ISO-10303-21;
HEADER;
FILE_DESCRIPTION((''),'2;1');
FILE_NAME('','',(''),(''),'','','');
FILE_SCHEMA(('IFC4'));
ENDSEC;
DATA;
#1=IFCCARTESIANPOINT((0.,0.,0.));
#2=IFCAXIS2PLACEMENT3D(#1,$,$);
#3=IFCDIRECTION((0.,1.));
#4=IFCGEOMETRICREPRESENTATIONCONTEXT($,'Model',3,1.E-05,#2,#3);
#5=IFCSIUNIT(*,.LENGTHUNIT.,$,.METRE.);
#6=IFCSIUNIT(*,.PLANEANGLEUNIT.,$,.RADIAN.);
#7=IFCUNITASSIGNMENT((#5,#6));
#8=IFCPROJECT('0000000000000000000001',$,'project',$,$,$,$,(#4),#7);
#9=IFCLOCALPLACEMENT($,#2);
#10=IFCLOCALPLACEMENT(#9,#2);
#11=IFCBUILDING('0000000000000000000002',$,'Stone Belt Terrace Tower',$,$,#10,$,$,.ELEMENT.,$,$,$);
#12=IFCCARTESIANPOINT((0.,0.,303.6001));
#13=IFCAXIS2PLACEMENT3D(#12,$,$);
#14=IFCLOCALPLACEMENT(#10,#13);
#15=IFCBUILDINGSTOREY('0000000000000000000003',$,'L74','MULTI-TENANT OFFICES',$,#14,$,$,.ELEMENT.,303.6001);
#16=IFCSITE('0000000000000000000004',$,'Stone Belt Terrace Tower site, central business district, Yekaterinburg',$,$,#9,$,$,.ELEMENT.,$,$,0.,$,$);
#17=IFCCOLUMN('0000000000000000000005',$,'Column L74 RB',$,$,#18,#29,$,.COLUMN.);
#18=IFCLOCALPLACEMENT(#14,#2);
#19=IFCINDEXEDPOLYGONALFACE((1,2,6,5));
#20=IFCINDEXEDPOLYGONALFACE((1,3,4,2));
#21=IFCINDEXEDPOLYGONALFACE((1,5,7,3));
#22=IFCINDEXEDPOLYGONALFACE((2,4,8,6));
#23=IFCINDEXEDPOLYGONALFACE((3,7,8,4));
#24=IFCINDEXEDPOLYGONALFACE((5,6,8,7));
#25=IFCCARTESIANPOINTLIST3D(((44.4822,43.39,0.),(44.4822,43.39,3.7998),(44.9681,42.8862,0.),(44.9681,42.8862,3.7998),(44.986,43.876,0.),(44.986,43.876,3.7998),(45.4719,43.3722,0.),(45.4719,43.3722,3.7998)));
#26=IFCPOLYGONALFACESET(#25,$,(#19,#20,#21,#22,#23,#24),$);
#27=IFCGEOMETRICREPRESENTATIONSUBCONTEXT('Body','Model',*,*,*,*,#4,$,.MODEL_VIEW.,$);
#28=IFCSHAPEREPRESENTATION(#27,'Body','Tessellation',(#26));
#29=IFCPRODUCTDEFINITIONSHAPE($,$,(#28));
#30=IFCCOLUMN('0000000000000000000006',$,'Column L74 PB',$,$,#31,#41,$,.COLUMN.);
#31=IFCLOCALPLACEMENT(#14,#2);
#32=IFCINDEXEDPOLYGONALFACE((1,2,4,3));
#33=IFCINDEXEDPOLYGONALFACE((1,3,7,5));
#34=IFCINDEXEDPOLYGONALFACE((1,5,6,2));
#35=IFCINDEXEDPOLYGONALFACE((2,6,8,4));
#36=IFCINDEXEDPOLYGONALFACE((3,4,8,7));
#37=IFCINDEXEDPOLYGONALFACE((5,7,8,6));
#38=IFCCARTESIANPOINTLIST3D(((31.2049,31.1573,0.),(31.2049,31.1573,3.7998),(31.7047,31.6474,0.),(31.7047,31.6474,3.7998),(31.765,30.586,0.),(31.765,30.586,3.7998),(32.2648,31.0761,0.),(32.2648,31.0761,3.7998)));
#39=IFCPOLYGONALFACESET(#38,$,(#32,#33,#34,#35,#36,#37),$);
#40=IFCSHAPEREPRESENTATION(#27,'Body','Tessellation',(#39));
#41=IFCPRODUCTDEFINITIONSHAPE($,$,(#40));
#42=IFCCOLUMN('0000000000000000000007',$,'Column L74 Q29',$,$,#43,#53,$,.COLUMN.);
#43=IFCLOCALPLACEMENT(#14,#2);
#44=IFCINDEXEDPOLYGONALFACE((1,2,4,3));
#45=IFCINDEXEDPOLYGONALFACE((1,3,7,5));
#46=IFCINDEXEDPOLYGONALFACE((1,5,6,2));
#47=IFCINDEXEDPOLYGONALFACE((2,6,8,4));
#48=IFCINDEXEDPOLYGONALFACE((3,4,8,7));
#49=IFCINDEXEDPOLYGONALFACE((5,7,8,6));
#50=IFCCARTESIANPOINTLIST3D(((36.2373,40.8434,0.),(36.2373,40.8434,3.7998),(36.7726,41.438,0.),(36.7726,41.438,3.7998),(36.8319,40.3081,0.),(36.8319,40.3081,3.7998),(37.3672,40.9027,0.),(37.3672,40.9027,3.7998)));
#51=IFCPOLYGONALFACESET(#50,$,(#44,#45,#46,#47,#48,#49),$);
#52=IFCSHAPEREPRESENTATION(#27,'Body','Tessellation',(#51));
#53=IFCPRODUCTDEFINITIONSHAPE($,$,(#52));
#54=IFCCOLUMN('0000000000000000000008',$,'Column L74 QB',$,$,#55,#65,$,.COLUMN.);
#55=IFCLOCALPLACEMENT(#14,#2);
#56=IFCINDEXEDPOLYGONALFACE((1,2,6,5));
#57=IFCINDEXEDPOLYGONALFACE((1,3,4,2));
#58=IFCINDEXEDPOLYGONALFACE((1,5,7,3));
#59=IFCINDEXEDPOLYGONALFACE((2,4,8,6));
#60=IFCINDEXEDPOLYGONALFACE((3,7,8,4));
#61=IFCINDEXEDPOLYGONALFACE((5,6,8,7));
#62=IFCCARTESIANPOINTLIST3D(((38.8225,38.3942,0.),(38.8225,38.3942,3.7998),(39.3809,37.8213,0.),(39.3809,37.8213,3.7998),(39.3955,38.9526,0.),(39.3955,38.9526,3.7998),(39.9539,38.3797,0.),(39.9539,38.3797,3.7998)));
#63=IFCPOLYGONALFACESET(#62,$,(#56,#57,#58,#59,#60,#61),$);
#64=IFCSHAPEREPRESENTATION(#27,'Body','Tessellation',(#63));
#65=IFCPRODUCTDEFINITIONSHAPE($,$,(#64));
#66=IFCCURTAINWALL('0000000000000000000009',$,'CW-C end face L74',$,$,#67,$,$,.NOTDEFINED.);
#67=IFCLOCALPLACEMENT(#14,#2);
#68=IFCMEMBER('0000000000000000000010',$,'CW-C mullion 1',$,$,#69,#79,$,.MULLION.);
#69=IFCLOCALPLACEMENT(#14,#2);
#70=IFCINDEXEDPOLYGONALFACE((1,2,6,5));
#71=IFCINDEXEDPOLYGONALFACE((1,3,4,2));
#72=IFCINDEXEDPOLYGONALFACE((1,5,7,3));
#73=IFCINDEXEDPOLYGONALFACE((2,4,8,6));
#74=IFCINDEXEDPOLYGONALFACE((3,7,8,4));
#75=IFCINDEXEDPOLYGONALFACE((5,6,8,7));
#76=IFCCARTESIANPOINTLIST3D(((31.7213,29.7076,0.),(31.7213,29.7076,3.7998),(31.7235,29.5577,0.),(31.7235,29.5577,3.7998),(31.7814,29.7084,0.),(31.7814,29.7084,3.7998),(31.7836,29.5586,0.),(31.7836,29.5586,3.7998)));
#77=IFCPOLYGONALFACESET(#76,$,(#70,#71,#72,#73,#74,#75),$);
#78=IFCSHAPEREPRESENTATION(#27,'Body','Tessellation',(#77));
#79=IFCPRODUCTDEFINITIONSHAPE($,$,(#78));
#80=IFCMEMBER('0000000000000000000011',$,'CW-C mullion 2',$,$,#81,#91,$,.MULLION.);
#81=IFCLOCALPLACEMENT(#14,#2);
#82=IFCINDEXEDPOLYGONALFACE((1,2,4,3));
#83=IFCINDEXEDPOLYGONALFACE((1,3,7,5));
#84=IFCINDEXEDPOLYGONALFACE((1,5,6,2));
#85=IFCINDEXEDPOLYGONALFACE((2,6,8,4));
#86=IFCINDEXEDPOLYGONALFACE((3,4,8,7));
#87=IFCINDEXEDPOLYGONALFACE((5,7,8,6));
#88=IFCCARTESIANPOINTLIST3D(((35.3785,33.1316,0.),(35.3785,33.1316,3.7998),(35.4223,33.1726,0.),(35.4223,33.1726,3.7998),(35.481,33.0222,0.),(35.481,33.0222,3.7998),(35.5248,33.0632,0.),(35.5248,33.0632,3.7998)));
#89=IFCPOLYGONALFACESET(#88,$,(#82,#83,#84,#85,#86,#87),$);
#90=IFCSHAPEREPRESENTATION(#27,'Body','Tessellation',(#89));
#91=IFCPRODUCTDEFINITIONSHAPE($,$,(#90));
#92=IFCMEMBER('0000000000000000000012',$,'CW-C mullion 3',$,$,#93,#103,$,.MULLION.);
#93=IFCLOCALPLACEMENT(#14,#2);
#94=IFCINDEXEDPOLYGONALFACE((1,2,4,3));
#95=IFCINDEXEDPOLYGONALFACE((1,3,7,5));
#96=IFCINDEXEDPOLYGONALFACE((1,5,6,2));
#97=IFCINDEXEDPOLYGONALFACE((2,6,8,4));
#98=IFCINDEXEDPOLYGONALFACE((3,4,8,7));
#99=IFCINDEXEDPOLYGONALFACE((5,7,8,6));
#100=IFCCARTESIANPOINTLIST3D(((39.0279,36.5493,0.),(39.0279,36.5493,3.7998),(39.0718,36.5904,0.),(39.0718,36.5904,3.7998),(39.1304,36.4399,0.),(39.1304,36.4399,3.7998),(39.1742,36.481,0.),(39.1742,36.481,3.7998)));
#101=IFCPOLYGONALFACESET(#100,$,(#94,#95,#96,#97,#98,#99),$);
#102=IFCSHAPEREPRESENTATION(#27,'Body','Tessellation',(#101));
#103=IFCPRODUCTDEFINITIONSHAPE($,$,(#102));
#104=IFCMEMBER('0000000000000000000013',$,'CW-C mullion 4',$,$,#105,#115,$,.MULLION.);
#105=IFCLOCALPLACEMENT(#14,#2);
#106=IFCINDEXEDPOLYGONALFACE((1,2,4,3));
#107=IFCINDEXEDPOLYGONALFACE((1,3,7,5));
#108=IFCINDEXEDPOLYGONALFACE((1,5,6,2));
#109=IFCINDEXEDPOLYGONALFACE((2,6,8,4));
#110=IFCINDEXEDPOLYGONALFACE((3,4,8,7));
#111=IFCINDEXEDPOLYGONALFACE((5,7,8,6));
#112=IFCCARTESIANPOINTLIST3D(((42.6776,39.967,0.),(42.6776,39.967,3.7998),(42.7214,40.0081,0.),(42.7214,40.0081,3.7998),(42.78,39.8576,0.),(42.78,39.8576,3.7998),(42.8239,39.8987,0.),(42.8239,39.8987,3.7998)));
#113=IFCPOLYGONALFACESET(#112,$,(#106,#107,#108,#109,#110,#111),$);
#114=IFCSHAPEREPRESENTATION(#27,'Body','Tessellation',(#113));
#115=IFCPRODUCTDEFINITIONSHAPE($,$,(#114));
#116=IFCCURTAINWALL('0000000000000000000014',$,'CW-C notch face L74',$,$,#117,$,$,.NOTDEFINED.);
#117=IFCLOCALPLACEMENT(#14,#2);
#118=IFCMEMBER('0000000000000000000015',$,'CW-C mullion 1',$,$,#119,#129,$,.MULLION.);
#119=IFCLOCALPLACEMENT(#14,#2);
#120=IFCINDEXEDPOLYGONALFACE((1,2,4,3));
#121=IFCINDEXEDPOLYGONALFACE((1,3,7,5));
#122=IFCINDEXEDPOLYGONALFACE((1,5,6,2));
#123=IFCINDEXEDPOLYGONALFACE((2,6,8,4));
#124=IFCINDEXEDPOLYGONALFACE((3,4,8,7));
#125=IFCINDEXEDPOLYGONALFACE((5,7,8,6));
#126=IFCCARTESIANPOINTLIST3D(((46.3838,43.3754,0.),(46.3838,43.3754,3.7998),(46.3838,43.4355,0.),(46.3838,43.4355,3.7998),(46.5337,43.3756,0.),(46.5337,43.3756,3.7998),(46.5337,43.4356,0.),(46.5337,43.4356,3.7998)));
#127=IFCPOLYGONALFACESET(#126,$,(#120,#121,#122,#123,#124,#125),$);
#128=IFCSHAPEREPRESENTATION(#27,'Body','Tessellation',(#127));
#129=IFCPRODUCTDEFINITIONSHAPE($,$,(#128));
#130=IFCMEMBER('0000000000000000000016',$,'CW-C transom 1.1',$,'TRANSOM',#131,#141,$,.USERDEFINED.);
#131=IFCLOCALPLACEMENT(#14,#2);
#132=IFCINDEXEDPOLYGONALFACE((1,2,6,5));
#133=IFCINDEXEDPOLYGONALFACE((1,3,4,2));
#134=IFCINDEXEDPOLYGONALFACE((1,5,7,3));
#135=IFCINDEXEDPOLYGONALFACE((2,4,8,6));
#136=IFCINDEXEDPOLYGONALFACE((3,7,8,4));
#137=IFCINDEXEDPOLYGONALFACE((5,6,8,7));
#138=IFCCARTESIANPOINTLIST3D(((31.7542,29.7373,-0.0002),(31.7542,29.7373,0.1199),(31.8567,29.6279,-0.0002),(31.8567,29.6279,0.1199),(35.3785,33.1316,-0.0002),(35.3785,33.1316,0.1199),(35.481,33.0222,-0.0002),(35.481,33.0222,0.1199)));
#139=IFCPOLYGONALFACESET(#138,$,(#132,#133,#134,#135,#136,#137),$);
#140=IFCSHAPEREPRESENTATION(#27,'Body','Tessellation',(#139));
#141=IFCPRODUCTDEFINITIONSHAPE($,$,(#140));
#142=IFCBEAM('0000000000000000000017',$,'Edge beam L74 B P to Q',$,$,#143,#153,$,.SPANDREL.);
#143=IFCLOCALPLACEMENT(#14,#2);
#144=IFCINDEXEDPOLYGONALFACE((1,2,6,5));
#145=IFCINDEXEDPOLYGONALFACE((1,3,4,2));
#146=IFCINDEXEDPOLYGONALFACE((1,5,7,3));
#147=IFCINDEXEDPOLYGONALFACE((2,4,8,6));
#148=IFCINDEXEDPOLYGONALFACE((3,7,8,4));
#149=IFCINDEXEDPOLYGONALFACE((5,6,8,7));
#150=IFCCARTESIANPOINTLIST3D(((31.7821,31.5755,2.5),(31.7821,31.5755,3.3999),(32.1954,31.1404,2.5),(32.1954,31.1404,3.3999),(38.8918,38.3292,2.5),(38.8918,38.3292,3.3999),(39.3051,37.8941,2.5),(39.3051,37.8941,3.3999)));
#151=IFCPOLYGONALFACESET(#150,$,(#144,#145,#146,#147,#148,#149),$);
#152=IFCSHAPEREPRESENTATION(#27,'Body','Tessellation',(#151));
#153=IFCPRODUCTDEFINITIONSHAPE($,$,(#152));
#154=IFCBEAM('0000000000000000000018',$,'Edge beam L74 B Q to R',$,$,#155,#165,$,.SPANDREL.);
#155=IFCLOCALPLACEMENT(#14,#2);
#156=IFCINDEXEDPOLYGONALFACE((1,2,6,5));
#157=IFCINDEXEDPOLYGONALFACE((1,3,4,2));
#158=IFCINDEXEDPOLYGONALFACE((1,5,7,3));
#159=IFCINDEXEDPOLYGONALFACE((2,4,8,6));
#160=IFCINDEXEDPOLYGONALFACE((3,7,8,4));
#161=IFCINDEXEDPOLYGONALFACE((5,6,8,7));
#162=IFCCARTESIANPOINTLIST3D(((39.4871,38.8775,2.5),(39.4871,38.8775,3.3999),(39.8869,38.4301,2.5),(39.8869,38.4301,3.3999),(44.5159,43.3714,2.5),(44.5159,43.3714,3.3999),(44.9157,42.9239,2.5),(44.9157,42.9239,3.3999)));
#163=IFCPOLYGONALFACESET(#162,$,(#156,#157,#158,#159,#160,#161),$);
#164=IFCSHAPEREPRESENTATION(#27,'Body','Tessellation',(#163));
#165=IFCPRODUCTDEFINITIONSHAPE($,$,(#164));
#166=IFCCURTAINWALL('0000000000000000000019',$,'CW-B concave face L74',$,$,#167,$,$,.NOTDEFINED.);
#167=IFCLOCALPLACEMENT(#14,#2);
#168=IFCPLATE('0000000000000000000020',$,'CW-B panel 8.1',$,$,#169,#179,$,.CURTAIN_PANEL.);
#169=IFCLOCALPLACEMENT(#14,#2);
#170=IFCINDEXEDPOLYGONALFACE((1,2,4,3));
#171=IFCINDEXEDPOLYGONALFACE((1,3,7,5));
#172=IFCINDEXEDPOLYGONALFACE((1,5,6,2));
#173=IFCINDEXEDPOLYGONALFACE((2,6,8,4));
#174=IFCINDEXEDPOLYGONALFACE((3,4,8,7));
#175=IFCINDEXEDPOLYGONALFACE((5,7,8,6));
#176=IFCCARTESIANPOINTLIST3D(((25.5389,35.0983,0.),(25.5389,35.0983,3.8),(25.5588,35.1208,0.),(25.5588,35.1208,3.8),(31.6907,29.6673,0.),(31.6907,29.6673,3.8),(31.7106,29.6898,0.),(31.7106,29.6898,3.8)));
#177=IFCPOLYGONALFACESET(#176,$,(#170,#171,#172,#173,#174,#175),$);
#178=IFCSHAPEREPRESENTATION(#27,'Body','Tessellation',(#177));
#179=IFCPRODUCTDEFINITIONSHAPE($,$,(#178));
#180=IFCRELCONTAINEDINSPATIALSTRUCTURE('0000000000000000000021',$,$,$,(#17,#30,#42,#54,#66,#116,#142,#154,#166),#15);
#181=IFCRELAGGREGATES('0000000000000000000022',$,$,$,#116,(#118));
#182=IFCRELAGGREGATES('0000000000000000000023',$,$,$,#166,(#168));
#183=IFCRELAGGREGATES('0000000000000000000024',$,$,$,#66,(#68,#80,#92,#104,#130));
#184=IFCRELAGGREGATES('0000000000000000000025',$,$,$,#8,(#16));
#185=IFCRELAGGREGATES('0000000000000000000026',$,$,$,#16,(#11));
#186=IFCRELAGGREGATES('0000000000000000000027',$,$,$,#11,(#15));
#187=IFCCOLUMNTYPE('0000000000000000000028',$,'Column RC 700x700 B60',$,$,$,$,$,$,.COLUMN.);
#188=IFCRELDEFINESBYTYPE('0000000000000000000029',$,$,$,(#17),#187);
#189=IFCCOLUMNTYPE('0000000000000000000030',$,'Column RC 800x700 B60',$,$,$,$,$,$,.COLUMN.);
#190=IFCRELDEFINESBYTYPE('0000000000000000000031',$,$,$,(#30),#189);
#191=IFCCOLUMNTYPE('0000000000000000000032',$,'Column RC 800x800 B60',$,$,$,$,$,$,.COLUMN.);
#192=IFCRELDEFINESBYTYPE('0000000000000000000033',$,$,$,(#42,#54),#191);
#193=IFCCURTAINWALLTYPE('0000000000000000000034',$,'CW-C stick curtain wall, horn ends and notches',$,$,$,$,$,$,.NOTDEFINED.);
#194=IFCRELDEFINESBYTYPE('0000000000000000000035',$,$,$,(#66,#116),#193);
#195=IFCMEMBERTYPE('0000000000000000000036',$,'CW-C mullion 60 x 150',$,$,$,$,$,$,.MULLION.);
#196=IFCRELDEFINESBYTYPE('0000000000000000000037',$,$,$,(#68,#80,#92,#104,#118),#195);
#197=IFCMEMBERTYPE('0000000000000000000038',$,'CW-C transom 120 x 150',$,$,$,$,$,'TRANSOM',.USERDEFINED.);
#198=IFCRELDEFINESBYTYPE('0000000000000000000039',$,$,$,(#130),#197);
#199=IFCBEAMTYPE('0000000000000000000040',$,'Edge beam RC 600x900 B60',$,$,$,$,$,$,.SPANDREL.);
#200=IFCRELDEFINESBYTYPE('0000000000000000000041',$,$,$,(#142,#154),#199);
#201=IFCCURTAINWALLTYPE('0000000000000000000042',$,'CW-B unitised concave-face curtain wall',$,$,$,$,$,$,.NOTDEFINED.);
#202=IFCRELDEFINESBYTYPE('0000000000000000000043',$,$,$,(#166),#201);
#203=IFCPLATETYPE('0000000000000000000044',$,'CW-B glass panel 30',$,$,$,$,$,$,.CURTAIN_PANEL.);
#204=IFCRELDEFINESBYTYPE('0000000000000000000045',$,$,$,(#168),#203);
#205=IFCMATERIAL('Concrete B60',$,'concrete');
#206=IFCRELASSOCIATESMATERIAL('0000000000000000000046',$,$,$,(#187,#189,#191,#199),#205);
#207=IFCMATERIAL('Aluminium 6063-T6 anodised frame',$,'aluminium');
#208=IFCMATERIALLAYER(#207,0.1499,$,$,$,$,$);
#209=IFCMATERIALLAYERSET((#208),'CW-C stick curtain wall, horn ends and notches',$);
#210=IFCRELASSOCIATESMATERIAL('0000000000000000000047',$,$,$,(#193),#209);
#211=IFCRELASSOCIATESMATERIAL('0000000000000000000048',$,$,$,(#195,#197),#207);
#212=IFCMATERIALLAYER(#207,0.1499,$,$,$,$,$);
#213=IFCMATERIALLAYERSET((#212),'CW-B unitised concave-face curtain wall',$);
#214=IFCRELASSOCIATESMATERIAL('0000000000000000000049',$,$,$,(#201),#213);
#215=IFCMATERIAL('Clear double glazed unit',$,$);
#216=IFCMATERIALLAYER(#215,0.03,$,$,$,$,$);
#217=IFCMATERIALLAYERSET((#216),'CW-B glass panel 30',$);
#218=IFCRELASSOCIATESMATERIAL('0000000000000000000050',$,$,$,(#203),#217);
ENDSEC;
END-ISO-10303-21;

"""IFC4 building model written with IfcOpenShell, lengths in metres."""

from ifc_helpers import new_model, si_unit, direction, frame, origin, origin_2d, place, context, subcontext, project, spatial, rectangle, extrude, material, layer, layer_set, material_profile, profile_set, type_object, element, aggregate, save


model = new_model("IFC4")

# Units and contexts
model_context = context("Model", 3, precision=1e-05, world=origin(), true_north=direction((0.0, 1.0)))
body_context = subcontext(model_context, "Body", "Model", "MODEL_VIEW")
ifc_project = project(units=[si_unit("LENGTHUNIT", "METRE"), si_unit("PLANEANGLEUNIT", "RADIAN")], contexts=[model_context])

# Site, building, storey
site_placement = place(None, origin())
site = spatial("IfcSite", under=ifc_project, at=site_placement, Name="Stone Belt Terrace Tower site, central business district, Yekaterinburg", CompositionType="ELEMENT", RefElevation=0.0)
building_placement = place(site_placement, origin())
building = spatial("IfcBuilding", under=site, at=building_placement, Name="Stone Belt Terrace Tower", CompositionType="ELEMENT")
storey_placement = place(building_placement, frame((0.0, 0.0, 303.6001)))
storey = spatial("IfcBuildingStorey", under=building, at=storey_placement, Name="L74", Description="MULTI-TENANT OFFICES", CompositionType="ELEMENT", Elevation=303.6001)

# Columns
ifc_material_1 = material(Name="Concrete B60", Category="concrete")
ifc_material_profile_1 = material_profile(ifc_material_1, rectangle(XDim=0.7, YDim=0.7, at=origin_2d()), Name="RC 700x700")
ifc_profile_set_1 = profile_set([ifc_material_profile_1], Name="Concrete B60")
column_type_1 = type_object("IfcColumnType", Name="Column RC 700x700 B60", PredefinedType="COLUMN", material=ifc_profile_set_1)
column_1_placement = place(storey_placement, frame((44.9771, 43.3811, 0.0), z_axis=(0.0, 0.0, 1.0), x_axis=(0.694221, -0.719762, 0.0)))
element("IfcColumn", 1, at=column_1_placement, inside=storey, type_object=column_type_1, Name="Column L74 RB", PredefinedType="COLUMN", context=body_context, shape_type="SweptSolid", body=[
    extrude(rectangle(XDim=0.7, YDim=0.7, at=origin_2d()), origin(), (0.0, 0.0, 1.0), 3.7998),
])
ifc_material_profile_2 = material_profile(ifc_material_1, rectangle(XDim=0.8, YDim=0.7, at=origin_2d()), Name="RC 800x700")
ifc_profile_set_2 = profile_set([ifc_material_profile_2], Name="Concrete B60")
column_type_2 = type_object("IfcColumnType", Name="Column RC 800x700 B60", PredefinedType="COLUMN", material=ifc_profile_set_2)
column_2_placement = place(storey_placement, frame((31.7349, 31.1167, 0.0), z_axis=(0.0, 0.0, 1.0), x_axis=(0.70012, -0.714026, 0.0)))
element("IfcColumn", 2, at=column_2_placement, inside=storey, type_object=column_type_2, Name="Column L74 PB", PredefinedType="COLUMN", context=body_context, shape_type="SweptSolid", body=[
    extrude(rectangle(XDim=0.8, YDim=0.7, at=origin_2d()), origin(), (0.0, 0.0, 1.0), 3.7998),
])
ifc_material_profile_3 = material_profile(ifc_material_1, rectangle(XDim=0.8, YDim=0.8, at=origin_2d()), Name="RC 800x800")
ifc_profile_set_3 = profile_set([ifc_material_profile_3], Name="Concrete B60")
column_type_3 = type_object("IfcColumnType", Name="Column RC 800x800 B60", PredefinedType="COLUMN", material=ifc_profile_set_3)
for number, where, z_axis, x_axis, name in (
    (3, (36.8022, 40.873, 0.0), (0.0, 0.0, 1.0), (0.743145, -0.669131, 0.0), "Column L74 Q29"),
    (4, (39.3882, 38.387, 0.0), (0.0, 0.0, 1.0), (0.697944, -0.716152, 0.0), "Column L74 QB"),
):
    element("IfcColumn", number, at=place(storey_placement, frame(where, z_axis=z_axis, x_axis=x_axis)), inside=storey, type_object=column_type_3, Name=name, PredefinedType="COLUMN", context=body_context, shape_type="SweptSolid", body=[
        extrude(rectangle(XDim=0.8, YDim=0.8, at=origin_2d()), origin(), (0.0, 0.0, 1.0), 3.7998),
    ])

# Curtain wall, members
ifc_material_2 = material(Name="Aluminium 6063-T6 anodised frame", Category="aluminium")
ifc_layer_1 = layer(ifc_material_2, 0.1499)
ifc_layer_set_1 = layer_set([ifc_layer_1], Name="CW-C stick curtain wall, horn ends and notches")
curtain_wall_type_1 = type_object("IfcCurtainWallType", Name="CW-C stick curtain wall, horn ends and notches", PredefinedType="NOTDEFINED", material=ifc_layer_set_1)
curtain_wall_1_placement = place(storey_placement, origin())
curtain_wall_1 = element("IfcCurtainWall", 5, at=curtain_wall_1_placement, inside=storey, type_object=curtain_wall_type_1, Name="CW-C end face L74", PredefinedType="NOTDEFINED")
ifc_material_profile_4 = material_profile(ifc_material_2, rectangle(XDim=0.1499, YDim=0.0601, at=origin_2d()), Name="Aluminium 6063-T6 60x150")
ifc_profile_set_4 = profile_set([ifc_material_profile_4], Name="Aluminium 6063-T6 anodised frame")
member_type_1 = type_object("IfcMemberType", Name="CW-C mullion 60 x 150", PredefinedType="MULLION", material=ifc_profile_set_4)
member_1_placement = place(storey_placement, frame((31.7524, 29.6331, 0.0), z_axis=(0.0, 0.0, 1.0), x_axis=(-0.014682, 0.999892, 0.0)))
member_1 = element("IfcMember", 6, at=member_1_placement, type_object=member_type_1, Name="CW-C mullion 1", PredefinedType="MULLION", context=body_context, shape_type="SweptSolid", body=[
    extrude(rectangle(XDim=0.1499, YDim=0.0601, at=origin_2d()), origin(), (0.0, 0.0, 1.0), 3.7998),
])
member_2_placement = place(storey_placement, frame((35.4517, 33.0974, 0.0), z_axis=(0.0, 0.0, 1.0), x_axis=(-0.683549, 0.729904, 0.0)))
member_2 = element("IfcMember", 7, at=member_2_placement, type_object=member_type_1, Name="CW-C mullion 2", PredefinedType="MULLION", context=body_context, shape_type="SweptSolid", body=[
    extrude(rectangle(XDim=0.1499, YDim=0.0601, at=origin_2d()), origin(), (0.0, 0.0, 1.0), 3.7998),
])
member_3_placement = place(storey_placement, frame((39.1011, 36.5151, 0.0), z_axis=(0.0, 0.0, 1.0), x_axis=(-0.683549, 0.729904, 0.0)))
member_3 = element("IfcMember", 8, at=member_3_placement, type_object=member_type_1, Name="CW-C mullion 3", PredefinedType="MULLION", context=body_context, shape_type="SweptSolid", body=[
    extrude(rectangle(XDim=0.1499, YDim=0.0601, at=origin_2d()), origin(), (0.0, 0.0, 1.0), 3.7998),
])
member_4_placement = place(storey_placement, frame((42.7507, 39.9329, 0.0), z_axis=(0.0, 0.0, 1.0), x_axis=(-0.683549, 0.729904, 0.0)))
member_4 = element("IfcMember", 9, at=member_4_placement, type_object=member_type_1, Name="CW-C mullion 4", PredefinedType="MULLION", context=body_context, shape_type="SweptSolid", body=[
    extrude(rectangle(XDim=0.1499, YDim=0.0601, at=origin_2d()), origin(), (0.0, 0.0, 1.0), 3.7998),
])

# Curtain wall, member
curtain_wall_2_placement = place(storey_placement, origin())
curtain_wall_2 = element("IfcCurtainWall", 10, at=curtain_wall_2_placement, inside=storey, type_object=curtain_wall_type_1, Name="CW-C notch face L74", PredefinedType="NOTDEFINED")
member_5_placement = place(storey_placement, frame((46.4587, 43.4055, 0.0), z_axis=(0.0, 0.0, 1.0), x_axis=(-0.999999, -0.001051, 0.0)))
member_5 = element("IfcMember", 11, at=member_5_placement, type_object=member_type_1, Name="CW-C mullion 1", PredefinedType="MULLION", context=body_context, shape_type="SweptSolid", body=[
    extrude(rectangle(XDim=0.1499, YDim=0.0601, at=origin_2d()), origin(), (0.0, 0.0, 1.0), 3.7998),
])
aggregate(curtain_wall_2, [member_5])

# Member
ifc_material_profile_5 = material_profile(ifc_material_2, rectangle(XDim=0.1499, YDim=0.1201, at=origin_2d()), Name="Aluminium 6063-T6 150x120")
ifc_profile_set_5 = profile_set([ifc_material_profile_5], Name="Aluminium 6063-T6 anodised frame")
member_type_2 = type_object("IfcMemberType", Name="CW-C transom 120 x 150", ElementType="TRANSOM", PredefinedType="USERDEFINED", material=ifc_profile_set_5)
member_6_placement = place(storey_placement, frame((31.8054, 29.6826, 0.0598), z_axis=(0.729885, 0.68357, 0.0), x_axis=(-0.68357, 0.729885, 0.0)))
member_6 = element("IfcMember", 12, at=member_6_placement, type_object=member_type_2, Name="CW-C transom 1.1", ObjectType="TRANSOM", PredefinedType="USERDEFINED", context=body_context, shape_type="SweptSolid", body=[
    extrude(rectangle(XDim=0.1499, YDim=0.1201, at=origin_2d()), origin(), (0.0, 0.0, 1.0), 4.9656),
])

# Beams
ifc_material_profile_6 = material_profile(ifc_material_1, rectangle(XDim=0.6001, YDim=0.8999, at=origin_2d()), Name="RC 600x900")
ifc_profile_set_6 = profile_set([ifc_material_profile_6], Name="Concrete B60")
beam_type = type_object("IfcBeamType", Name="Edge beam RC 600x900 B60", PredefinedType="SPANDREL", material=ifc_profile_set_6)
beam_1_placement = place(storey_placement, frame((31.9888, 31.3579, 2.95), z_axis=(0.725024, 0.688724, 0.0), x_axis=(-0.688724, 0.725024, 0.0)))
element("IfcBeam", 13, at=beam_1_placement, inside=storey, type_object=beam_type, Name="Edge beam L74 B P to Q", PredefinedType="SPANDREL", context=body_context, shape_type="SweptSolid", body=[
    extrude(rectangle(XDim=0.6001, YDim=0.8999, at=origin_2d()), origin(), (0.0, 0.0, 1.0), 9.8062),
])
beam_2_placement = place(storey_placement, frame((39.687, 38.6538, 2.95), z_axis=(0.745651, 0.666337, 0.0), x_axis=(-0.666337, 0.745651, 0.0)))
element("IfcBeam", 14, at=beam_2_placement, inside=storey, type_object=beam_type, Name="Edge beam L74 B Q to R", PredefinedType="SPANDREL", context=body_context, shape_type="SweptSolid", body=[
    extrude(rectangle(XDim=0.6001, YDim=0.8999, at=origin_2d()), origin(), (0.0, 0.0, 1.0), 6.7441),
])

# Curtain wall, plate
ifc_layer_2 = layer(ifc_material_2, 0.1499)
ifc_layer_set_2 = layer_set([ifc_layer_2], Name="CW-B unitised concave-face curtain wall")
curtain_wall_type_2 = type_object("IfcCurtainWallType", Name="CW-B unitised concave-face curtain wall", PredefinedType="NOTDEFINED", material=ifc_layer_set_2)
curtain_wall_3_placement = place(storey_placement, origin())
curtain_wall_3 = element("IfcCurtainWall", 15, at=curtain_wall_3_placement, inside=storey, type_object=curtain_wall_type_2, Name="CW-B concave face L74", PredefinedType="NOTDEFINED")
ifc_material_3 = material(Name="Clear double glazed unit")
ifc_layer_3 = layer(ifc_material_3, 0.03)
ifc_layer_set_3 = layer_set([ifc_layer_3], Name="CW-B glass panel 30")
plate_type_1 = type_object("IfcPlateType", Name="CW-B glass panel 30", PredefinedType="CURTAIN_PANEL", material=ifc_layer_set_3)
plate_1_placement = place(storey_placement, frame((28.6248, 32.394, 0.0), z_axis=(0.0, 0.0, 1.0), x_axis=(0.749659, -0.661825, 0.0)))
plate_1 = element("IfcPlate", 16, at=plate_1_placement, type_object=plate_type_1, Name="CW-B panel 8.1", PredefinedType="CURTAIN_PANEL", context=body_context, shape_type="SweptSolid", body=[
    extrude(rectangle(XDim=8.2061, YDim=0.03, at=origin_2d()), origin(), (0.0, 0.0, 1.0), 3.8),
])
aggregate(curtain_wall_3, [plate_1])

aggregate(curtain_wall_1, [member_1, member_2, member_3, member_4, member_6])

save(model, "model.ifc")
